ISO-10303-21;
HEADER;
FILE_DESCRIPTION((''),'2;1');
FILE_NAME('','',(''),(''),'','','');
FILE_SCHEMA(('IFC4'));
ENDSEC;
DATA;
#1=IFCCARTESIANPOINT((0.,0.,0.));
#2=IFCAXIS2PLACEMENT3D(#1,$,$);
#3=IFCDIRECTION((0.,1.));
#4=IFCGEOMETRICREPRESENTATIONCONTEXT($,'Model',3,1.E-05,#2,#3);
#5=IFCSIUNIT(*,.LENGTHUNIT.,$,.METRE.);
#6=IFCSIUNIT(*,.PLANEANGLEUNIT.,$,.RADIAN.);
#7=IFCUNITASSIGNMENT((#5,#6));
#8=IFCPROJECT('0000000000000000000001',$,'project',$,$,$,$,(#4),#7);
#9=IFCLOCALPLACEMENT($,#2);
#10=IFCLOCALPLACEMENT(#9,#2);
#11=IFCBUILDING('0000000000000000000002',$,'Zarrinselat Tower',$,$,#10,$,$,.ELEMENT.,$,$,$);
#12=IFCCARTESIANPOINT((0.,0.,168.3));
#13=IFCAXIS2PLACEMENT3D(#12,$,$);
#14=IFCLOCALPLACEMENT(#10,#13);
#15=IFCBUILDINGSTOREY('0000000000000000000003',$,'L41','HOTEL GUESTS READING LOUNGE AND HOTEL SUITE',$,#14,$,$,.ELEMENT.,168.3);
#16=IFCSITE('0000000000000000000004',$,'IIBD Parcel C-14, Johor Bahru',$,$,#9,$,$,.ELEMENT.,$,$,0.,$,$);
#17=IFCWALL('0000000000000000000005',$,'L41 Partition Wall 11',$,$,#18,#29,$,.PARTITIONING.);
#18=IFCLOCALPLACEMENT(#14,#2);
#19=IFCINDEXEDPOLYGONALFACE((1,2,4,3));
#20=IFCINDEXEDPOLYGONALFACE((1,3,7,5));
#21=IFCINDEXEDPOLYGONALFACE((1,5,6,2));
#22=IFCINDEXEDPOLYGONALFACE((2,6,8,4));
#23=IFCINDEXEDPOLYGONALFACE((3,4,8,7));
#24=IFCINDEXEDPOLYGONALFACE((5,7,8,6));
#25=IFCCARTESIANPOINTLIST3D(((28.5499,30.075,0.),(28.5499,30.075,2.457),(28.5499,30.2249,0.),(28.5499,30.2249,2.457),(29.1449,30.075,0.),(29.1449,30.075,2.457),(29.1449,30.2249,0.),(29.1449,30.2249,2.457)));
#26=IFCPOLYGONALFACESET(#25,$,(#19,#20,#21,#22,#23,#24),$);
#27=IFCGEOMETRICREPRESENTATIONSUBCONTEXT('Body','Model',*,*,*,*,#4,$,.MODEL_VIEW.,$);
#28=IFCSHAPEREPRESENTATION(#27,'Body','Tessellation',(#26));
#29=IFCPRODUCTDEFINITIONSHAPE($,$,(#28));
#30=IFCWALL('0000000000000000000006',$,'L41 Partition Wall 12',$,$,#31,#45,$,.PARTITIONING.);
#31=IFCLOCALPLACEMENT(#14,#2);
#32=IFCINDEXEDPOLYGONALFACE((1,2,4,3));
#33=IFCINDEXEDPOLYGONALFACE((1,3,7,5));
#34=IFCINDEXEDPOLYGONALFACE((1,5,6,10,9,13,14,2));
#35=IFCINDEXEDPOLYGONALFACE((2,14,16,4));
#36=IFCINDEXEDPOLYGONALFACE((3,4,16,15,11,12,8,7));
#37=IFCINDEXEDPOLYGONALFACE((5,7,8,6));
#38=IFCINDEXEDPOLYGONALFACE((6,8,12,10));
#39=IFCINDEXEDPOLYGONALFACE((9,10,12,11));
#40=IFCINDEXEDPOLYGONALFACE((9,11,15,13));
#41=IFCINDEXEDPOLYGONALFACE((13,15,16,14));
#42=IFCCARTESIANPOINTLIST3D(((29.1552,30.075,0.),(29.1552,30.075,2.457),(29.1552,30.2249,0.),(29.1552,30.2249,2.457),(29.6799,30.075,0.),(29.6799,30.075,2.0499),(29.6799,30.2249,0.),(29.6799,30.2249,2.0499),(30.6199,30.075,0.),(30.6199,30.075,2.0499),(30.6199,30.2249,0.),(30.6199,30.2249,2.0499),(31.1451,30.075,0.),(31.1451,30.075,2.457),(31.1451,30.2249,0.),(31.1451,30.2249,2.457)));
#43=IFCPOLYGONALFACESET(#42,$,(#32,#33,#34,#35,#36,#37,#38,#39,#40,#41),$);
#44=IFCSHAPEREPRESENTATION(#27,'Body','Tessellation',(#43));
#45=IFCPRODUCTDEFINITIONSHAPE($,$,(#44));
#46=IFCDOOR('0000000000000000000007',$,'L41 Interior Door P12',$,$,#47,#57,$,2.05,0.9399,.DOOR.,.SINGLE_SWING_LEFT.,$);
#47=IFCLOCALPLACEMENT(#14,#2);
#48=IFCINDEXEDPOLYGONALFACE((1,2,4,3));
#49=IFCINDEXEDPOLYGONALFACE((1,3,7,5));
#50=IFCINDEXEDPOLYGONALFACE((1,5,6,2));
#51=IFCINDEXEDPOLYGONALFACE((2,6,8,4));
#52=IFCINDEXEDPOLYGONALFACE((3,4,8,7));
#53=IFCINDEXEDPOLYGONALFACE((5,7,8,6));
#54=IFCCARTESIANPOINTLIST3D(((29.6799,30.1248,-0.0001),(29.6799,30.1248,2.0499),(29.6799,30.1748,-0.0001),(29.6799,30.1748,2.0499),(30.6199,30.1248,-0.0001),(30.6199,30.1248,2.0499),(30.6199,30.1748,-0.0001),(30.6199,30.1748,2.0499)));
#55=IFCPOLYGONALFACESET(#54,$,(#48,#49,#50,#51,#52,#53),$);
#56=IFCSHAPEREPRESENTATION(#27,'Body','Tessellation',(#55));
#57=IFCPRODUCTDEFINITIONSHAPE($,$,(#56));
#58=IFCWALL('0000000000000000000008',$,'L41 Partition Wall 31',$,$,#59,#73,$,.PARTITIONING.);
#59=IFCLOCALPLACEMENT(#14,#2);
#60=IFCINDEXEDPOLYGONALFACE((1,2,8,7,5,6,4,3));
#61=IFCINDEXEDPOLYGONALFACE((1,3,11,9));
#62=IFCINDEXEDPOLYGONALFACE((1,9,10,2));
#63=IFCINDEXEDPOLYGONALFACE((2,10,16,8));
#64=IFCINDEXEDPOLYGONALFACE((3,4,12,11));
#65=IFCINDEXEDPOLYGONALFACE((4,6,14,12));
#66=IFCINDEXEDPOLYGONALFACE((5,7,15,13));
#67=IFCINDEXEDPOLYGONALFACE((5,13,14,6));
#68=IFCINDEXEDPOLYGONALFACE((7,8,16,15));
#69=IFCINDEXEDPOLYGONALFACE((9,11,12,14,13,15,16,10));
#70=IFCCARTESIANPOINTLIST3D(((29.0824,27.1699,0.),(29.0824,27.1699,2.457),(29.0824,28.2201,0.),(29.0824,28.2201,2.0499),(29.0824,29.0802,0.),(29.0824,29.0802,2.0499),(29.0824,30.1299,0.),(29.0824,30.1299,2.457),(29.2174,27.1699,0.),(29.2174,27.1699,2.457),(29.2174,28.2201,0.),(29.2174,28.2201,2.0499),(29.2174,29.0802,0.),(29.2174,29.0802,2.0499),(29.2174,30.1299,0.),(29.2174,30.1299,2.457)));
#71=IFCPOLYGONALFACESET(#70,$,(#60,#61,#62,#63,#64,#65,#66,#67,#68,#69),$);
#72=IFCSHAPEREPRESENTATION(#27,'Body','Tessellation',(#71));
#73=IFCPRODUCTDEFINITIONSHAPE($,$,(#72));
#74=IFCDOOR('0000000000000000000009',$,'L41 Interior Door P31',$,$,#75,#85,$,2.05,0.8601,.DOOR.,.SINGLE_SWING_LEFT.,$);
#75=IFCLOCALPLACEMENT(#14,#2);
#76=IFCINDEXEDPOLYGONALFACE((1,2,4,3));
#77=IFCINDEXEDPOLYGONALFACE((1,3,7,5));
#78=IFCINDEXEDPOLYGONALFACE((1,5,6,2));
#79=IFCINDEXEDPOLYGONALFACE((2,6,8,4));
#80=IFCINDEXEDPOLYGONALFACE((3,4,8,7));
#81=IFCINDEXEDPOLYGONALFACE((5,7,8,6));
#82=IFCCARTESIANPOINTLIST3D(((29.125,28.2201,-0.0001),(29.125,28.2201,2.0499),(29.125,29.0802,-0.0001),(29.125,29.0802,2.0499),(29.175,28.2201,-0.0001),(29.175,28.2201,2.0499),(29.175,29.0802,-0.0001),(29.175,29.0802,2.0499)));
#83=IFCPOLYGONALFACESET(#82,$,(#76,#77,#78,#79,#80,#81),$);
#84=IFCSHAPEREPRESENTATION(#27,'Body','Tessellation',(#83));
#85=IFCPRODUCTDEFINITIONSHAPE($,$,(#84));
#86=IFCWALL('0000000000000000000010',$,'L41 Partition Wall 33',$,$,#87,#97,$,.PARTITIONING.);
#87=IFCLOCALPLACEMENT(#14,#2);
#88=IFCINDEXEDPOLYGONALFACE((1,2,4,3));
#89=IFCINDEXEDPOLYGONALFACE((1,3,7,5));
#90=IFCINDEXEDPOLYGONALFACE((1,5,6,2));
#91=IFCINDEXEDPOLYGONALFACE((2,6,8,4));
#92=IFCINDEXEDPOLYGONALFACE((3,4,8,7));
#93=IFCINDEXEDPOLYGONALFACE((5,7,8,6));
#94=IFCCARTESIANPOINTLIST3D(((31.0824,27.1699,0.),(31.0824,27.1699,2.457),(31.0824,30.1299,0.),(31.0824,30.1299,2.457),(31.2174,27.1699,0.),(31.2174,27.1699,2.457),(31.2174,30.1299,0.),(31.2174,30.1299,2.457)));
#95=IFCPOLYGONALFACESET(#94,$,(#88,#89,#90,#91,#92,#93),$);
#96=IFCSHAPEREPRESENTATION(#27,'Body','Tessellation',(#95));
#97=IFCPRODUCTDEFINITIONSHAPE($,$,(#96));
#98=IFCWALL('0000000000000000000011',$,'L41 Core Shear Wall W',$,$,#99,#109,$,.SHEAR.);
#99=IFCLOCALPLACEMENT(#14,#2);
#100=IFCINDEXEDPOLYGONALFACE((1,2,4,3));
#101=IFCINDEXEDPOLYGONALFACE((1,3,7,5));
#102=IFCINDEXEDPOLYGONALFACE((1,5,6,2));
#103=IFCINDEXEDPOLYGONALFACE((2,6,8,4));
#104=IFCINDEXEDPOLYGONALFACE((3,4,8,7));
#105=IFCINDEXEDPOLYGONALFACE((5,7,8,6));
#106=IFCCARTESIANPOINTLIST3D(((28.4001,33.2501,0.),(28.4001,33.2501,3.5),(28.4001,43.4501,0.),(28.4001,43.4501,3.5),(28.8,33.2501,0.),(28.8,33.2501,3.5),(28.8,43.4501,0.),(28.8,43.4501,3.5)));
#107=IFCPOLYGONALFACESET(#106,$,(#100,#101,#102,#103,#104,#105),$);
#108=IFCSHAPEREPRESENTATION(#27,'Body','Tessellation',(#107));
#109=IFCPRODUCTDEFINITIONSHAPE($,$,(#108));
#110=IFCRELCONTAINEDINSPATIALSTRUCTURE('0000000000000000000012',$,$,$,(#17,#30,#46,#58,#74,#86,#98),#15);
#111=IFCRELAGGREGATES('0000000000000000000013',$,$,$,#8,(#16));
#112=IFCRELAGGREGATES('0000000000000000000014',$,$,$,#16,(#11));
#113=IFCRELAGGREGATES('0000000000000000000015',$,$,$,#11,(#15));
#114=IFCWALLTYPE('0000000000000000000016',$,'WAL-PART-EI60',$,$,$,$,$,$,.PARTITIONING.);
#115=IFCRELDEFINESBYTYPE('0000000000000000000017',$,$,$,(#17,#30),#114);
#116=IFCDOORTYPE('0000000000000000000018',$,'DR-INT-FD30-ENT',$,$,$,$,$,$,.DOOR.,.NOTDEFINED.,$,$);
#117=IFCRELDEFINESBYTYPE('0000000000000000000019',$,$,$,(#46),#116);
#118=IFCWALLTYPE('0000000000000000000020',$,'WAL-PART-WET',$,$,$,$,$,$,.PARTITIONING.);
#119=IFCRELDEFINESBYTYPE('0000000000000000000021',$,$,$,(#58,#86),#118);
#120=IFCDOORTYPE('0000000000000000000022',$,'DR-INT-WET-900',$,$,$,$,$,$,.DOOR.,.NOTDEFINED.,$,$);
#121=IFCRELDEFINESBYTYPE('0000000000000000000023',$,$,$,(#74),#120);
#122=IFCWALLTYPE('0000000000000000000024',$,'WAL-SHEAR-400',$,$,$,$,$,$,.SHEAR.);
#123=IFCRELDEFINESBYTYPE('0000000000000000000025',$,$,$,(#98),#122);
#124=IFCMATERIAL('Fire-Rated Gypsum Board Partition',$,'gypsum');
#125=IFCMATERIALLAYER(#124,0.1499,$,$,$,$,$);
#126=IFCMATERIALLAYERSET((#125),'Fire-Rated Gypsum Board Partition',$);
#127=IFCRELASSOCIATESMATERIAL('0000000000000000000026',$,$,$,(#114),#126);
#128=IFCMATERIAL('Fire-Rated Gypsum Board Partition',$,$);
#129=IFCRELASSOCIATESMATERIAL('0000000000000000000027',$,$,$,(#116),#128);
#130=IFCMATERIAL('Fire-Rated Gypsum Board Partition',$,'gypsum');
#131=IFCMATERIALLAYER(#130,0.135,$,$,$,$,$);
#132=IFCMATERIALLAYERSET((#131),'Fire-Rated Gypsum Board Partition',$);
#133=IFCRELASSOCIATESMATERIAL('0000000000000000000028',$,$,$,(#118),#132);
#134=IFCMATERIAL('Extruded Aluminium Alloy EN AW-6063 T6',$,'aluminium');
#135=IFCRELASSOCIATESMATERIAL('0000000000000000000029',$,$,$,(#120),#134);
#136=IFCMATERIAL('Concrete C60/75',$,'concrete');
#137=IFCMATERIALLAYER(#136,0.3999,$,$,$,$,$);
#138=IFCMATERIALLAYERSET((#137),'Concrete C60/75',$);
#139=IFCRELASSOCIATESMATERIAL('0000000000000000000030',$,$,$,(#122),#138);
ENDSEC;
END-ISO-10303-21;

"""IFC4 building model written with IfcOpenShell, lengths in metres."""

from ifc_helpers import new_model, si_unit, direction, frame, frame_2d, origin, place, context, subcontext, project, spatial, rectangle, extrude, material, layer, layer_set, type_object, element, fill, save


model = new_model("IFC4")

# Units and contexts
model_context = context("Model", 3, precision=1e-05, world=origin(), true_north=direction((0.0, 1.0)))
body_context = subcontext(model_context, "Body", "Model", "MODEL_VIEW")
ifc_project = project(units=[si_unit("LENGTHUNIT", "METRE"), si_unit("PLANEANGLEUNIT", "RADIAN")], contexts=[model_context])

# Site, building, storey
site_placement = place(None, origin())
site = spatial("IfcSite", under=ifc_project, at=site_placement, Name="IIBD Parcel C-14, Johor Bahru", CompositionType="ELEMENT", RefElevation=0.0)
building_placement = place(site_placement, origin())
building = spatial("IfcBuilding", under=site, at=building_placement, Name="Zarrinselat Tower", CompositionType="ELEMENT")
storey_placement = place(building_placement, frame((0.0, 0.0, 168.3)))
storey = spatial("IfcBuildingStorey", under=building, at=storey_placement, Name="L41", Description="HOTEL GUESTS READING LOUNGE AND HOTEL SUITE", CompositionType="ELEMENT", Elevation=168.3)

# Wall
ifc_material_1 = material(Name="Fire-Rated Gypsum Board Partition", Category="gypsum")
ifc_layer_1 = layer(ifc_material_1, 0.1499)
ifc_layer_set_1 = layer_set([ifc_layer_1], Name="Fire-Rated Gypsum Board Partition")
wall_type_1 = type_object("IfcWallType", Name="WAL-PART-EI60", PredefinedType="PARTITIONING", material=ifc_layer_set_1)
wall_1_placement = place(storey_placement, frame((28.55, 30.1499, 0.0), z_axis=(0.0, 0.0, 1.0), x_axis=(1.0, 0.0, 0.0)))
element("IfcWall", 1, at=wall_1_placement, inside=storey, type_object=wall_type_1, Name="L41 Partition Wall 11", PredefinedType="PARTITIONING", context=body_context, shape_type="SweptSolid", body=[
    extrude(rectangle(XDim=0.595, YDim=0.1499, at=frame_2d((0.2974, 0.0))), origin(), (0.0, 0.0, 1.0), 2.457),
])

# Walls, openings, doors
wall_2_placement = place(storey_placement, frame((29.155, 30.1499, 0.0), z_axis=(0.0, 0.0, 1.0), x_axis=(1.0, 0.0, 0.0)))
wall_2 = element("IfcWall", 2, at=wall_2_placement, inside=storey, type_object=wall_type_1, Name="L41 Partition Wall 12", PredefinedType="PARTITIONING", context=body_context, shape_type="SweptSolid", body=[
    extrude(rectangle(XDim=1.99, YDim=0.1499, at=frame_2d((0.9951, 0.0))), origin(), (0.0, 0.0, 1.0), 2.457),
])
opening_1_placement = place(wall_2_placement, frame((0.5249, 0.0, 0.0)))
opening_1 = element("IfcOpeningElement", 3, at=opening_1_placement, cuts=wall_2, PredefinedType="OPENING", context=body_context, shape_type="SweptSolid", body=[
    extrude(rectangle(XDim=0.9399, YDim=2.05, at=frame_2d((0.47, 1.0249))), frame((0.0, 0.085, 0.0), z_axis=(0.0, -1.0, 0.0), x_axis=(1.0, 0.0, 0.0)), (0.0, 0.0, 1.0), 0.1699),
])
ifc_material_2 = material(Name="Fire-Rated Gypsum Board Partition")
door_type_1 = type_object("IfcDoorType", Name="DR-INT-FD30-ENT", OperationType="NOTDEFINED", PredefinedType="DOOR", material=ifc_material_2)
door_1_placement = place(opening_1_placement, origin())
door_1 = element("IfcDoor", 4, at=door_1_placement, inside=storey, type_object=door_type_1, Name="L41 Interior Door P12", OperationType="SINGLE_SWING_LEFT", OverallHeight=2.05, OverallWidth=0.9399, PredefinedType="DOOR", context=body_context, shape_type="SweptSolid", body=[
    extrude(rectangle(XDim=0.9399, YDim=2.05, at=frame_2d((0.47, 1.0249))), frame((0.0, 0.0249, 0.0), z_axis=(0.0, -1.0, 0.0), x_axis=(1.0, 0.0, 0.0)), (0.0, 0.0, 1.0), 0.05),
])
fill(opening_1, door_1)
ifc_material_3 = material(Name="Fire-Rated Gypsum Board Partition", Category="gypsum")
ifc_layer_2 = layer(ifc_material_3, 0.135)
ifc_layer_set_2 = layer_set([ifc_layer_2], Name="Fire-Rated Gypsum Board Partition")
wall_type_2 = type_object("IfcWallType", Name="WAL-PART-WET", PredefinedType="PARTITIONING", material=ifc_layer_set_2)
wall_3_placement = place(storey_placement, frame((29.1499, 27.1699, 0.0), z_axis=(0.0, 0.0, 1.0), x_axis=(0.0, 1.0, 0.0)))
wall_3 = element("IfcWall", 5, at=wall_3_placement, inside=storey, type_object=wall_type_2, Name="L41 Partition Wall 31", PredefinedType="PARTITIONING", context=body_context, shape_type="SweptSolid", body=[
    extrude(rectangle(XDim=2.96, YDim=0.135, at=frame_2d((1.48, 0.0))), origin(), (0.0, 0.0, 1.0), 2.457),
])
opening_2_placement = place(wall_3_placement, frame((1.05, 0.0, 0.0)))
opening_2 = element("IfcOpeningElement", 6, at=opening_2_placement, cuts=wall_3, PredefinedType="OPENING", context=body_context, shape_type="SweptSolid", body=[
    extrude(rectangle(XDim=0.8601, YDim=2.05, at=frame_2d((0.4302, 1.0249))), frame((0.0, 0.0774, 0.0), z_axis=(0.0, -1.0, 0.0), x_axis=(1.0, 0.0, 0.0)), (0.0, 0.0, 1.0), 0.155),
])
ifc_material_4 = material(Name="Extruded Aluminium Alloy EN AW-6063 T6", Category="aluminium")
door_type_2 = type_object("IfcDoorType", Name="DR-INT-WET-900", OperationType="NOTDEFINED", PredefinedType="DOOR", material=ifc_material_4)
door_2_placement = place(opening_2_placement, origin())
door_2 = element("IfcDoor", 7, at=door_2_placement, inside=storey, type_object=door_type_2, Name="L41 Interior Door P31", OperationType="SINGLE_SWING_LEFT", OverallHeight=2.05, OverallWidth=0.8601, PredefinedType="DOOR", context=body_context, shape_type="SweptSolid", body=[
    extrude(rectangle(XDim=0.8601, YDim=2.05, at=frame_2d((0.4302, 1.0249))), frame((0.0, 0.0249, 0.0), z_axis=(0.0, -1.0, 0.0), x_axis=(1.0, 0.0, 0.0)), (0.0, 0.0, 1.0), 0.05),
])
fill(opening_2, door_2)

# Wall
wall_4_placement = place(storey_placement, frame((31.1499, 27.1699, 0.0), z_axis=(0.0, 0.0, 1.0), x_axis=(0.0, 1.0, 0.0)))
element("IfcWall", 8, at=wall_4_placement, inside=storey, type_object=wall_type_2, Name="L41 Partition Wall 33", PredefinedType="PARTITIONING", context=body_context, shape_type="SweptSolid", body=[
    extrude(rectangle(XDim=2.96, YDim=0.135, at=frame_2d((1.48, 0.0))), origin(), (0.0, 0.0, 1.0), 2.457),
])

# Shared definitions
ifc_material_5 = material(Name="Concrete C60/75", Category="concrete")
ifc_layer_3 = layer(ifc_material_5, 0.3999)
ifc_layer_set_3 = layer_set([ifc_layer_3], Name="Concrete C60/75")
wall_type_3 = type_object("IfcWallType", Name="WAL-SHEAR-400", PredefinedType="SHEAR", material=ifc_layer_set_3)

# Wall
wall_5_placement = place(storey_placement, frame((28.6001, 33.25, 0.0), z_axis=(0.0, 0.0, 1.0), x_axis=(0.0, 1.0, 0.0)))
element("IfcWall", 9, at=wall_5_placement, inside=storey, type_object=wall_type_3, Name="L41 Core Shear Wall W", PredefinedType="SHEAR", context=body_context, shape_type="SweptSolid", body=[
    extrude(rectangle(XDim=10.2, YDim=0.3999, at=frame_2d((5.1001, 0.0))), origin(), (0.0, 0.0, 1.0), 3.5),
])

save(model, "model.ifc")
